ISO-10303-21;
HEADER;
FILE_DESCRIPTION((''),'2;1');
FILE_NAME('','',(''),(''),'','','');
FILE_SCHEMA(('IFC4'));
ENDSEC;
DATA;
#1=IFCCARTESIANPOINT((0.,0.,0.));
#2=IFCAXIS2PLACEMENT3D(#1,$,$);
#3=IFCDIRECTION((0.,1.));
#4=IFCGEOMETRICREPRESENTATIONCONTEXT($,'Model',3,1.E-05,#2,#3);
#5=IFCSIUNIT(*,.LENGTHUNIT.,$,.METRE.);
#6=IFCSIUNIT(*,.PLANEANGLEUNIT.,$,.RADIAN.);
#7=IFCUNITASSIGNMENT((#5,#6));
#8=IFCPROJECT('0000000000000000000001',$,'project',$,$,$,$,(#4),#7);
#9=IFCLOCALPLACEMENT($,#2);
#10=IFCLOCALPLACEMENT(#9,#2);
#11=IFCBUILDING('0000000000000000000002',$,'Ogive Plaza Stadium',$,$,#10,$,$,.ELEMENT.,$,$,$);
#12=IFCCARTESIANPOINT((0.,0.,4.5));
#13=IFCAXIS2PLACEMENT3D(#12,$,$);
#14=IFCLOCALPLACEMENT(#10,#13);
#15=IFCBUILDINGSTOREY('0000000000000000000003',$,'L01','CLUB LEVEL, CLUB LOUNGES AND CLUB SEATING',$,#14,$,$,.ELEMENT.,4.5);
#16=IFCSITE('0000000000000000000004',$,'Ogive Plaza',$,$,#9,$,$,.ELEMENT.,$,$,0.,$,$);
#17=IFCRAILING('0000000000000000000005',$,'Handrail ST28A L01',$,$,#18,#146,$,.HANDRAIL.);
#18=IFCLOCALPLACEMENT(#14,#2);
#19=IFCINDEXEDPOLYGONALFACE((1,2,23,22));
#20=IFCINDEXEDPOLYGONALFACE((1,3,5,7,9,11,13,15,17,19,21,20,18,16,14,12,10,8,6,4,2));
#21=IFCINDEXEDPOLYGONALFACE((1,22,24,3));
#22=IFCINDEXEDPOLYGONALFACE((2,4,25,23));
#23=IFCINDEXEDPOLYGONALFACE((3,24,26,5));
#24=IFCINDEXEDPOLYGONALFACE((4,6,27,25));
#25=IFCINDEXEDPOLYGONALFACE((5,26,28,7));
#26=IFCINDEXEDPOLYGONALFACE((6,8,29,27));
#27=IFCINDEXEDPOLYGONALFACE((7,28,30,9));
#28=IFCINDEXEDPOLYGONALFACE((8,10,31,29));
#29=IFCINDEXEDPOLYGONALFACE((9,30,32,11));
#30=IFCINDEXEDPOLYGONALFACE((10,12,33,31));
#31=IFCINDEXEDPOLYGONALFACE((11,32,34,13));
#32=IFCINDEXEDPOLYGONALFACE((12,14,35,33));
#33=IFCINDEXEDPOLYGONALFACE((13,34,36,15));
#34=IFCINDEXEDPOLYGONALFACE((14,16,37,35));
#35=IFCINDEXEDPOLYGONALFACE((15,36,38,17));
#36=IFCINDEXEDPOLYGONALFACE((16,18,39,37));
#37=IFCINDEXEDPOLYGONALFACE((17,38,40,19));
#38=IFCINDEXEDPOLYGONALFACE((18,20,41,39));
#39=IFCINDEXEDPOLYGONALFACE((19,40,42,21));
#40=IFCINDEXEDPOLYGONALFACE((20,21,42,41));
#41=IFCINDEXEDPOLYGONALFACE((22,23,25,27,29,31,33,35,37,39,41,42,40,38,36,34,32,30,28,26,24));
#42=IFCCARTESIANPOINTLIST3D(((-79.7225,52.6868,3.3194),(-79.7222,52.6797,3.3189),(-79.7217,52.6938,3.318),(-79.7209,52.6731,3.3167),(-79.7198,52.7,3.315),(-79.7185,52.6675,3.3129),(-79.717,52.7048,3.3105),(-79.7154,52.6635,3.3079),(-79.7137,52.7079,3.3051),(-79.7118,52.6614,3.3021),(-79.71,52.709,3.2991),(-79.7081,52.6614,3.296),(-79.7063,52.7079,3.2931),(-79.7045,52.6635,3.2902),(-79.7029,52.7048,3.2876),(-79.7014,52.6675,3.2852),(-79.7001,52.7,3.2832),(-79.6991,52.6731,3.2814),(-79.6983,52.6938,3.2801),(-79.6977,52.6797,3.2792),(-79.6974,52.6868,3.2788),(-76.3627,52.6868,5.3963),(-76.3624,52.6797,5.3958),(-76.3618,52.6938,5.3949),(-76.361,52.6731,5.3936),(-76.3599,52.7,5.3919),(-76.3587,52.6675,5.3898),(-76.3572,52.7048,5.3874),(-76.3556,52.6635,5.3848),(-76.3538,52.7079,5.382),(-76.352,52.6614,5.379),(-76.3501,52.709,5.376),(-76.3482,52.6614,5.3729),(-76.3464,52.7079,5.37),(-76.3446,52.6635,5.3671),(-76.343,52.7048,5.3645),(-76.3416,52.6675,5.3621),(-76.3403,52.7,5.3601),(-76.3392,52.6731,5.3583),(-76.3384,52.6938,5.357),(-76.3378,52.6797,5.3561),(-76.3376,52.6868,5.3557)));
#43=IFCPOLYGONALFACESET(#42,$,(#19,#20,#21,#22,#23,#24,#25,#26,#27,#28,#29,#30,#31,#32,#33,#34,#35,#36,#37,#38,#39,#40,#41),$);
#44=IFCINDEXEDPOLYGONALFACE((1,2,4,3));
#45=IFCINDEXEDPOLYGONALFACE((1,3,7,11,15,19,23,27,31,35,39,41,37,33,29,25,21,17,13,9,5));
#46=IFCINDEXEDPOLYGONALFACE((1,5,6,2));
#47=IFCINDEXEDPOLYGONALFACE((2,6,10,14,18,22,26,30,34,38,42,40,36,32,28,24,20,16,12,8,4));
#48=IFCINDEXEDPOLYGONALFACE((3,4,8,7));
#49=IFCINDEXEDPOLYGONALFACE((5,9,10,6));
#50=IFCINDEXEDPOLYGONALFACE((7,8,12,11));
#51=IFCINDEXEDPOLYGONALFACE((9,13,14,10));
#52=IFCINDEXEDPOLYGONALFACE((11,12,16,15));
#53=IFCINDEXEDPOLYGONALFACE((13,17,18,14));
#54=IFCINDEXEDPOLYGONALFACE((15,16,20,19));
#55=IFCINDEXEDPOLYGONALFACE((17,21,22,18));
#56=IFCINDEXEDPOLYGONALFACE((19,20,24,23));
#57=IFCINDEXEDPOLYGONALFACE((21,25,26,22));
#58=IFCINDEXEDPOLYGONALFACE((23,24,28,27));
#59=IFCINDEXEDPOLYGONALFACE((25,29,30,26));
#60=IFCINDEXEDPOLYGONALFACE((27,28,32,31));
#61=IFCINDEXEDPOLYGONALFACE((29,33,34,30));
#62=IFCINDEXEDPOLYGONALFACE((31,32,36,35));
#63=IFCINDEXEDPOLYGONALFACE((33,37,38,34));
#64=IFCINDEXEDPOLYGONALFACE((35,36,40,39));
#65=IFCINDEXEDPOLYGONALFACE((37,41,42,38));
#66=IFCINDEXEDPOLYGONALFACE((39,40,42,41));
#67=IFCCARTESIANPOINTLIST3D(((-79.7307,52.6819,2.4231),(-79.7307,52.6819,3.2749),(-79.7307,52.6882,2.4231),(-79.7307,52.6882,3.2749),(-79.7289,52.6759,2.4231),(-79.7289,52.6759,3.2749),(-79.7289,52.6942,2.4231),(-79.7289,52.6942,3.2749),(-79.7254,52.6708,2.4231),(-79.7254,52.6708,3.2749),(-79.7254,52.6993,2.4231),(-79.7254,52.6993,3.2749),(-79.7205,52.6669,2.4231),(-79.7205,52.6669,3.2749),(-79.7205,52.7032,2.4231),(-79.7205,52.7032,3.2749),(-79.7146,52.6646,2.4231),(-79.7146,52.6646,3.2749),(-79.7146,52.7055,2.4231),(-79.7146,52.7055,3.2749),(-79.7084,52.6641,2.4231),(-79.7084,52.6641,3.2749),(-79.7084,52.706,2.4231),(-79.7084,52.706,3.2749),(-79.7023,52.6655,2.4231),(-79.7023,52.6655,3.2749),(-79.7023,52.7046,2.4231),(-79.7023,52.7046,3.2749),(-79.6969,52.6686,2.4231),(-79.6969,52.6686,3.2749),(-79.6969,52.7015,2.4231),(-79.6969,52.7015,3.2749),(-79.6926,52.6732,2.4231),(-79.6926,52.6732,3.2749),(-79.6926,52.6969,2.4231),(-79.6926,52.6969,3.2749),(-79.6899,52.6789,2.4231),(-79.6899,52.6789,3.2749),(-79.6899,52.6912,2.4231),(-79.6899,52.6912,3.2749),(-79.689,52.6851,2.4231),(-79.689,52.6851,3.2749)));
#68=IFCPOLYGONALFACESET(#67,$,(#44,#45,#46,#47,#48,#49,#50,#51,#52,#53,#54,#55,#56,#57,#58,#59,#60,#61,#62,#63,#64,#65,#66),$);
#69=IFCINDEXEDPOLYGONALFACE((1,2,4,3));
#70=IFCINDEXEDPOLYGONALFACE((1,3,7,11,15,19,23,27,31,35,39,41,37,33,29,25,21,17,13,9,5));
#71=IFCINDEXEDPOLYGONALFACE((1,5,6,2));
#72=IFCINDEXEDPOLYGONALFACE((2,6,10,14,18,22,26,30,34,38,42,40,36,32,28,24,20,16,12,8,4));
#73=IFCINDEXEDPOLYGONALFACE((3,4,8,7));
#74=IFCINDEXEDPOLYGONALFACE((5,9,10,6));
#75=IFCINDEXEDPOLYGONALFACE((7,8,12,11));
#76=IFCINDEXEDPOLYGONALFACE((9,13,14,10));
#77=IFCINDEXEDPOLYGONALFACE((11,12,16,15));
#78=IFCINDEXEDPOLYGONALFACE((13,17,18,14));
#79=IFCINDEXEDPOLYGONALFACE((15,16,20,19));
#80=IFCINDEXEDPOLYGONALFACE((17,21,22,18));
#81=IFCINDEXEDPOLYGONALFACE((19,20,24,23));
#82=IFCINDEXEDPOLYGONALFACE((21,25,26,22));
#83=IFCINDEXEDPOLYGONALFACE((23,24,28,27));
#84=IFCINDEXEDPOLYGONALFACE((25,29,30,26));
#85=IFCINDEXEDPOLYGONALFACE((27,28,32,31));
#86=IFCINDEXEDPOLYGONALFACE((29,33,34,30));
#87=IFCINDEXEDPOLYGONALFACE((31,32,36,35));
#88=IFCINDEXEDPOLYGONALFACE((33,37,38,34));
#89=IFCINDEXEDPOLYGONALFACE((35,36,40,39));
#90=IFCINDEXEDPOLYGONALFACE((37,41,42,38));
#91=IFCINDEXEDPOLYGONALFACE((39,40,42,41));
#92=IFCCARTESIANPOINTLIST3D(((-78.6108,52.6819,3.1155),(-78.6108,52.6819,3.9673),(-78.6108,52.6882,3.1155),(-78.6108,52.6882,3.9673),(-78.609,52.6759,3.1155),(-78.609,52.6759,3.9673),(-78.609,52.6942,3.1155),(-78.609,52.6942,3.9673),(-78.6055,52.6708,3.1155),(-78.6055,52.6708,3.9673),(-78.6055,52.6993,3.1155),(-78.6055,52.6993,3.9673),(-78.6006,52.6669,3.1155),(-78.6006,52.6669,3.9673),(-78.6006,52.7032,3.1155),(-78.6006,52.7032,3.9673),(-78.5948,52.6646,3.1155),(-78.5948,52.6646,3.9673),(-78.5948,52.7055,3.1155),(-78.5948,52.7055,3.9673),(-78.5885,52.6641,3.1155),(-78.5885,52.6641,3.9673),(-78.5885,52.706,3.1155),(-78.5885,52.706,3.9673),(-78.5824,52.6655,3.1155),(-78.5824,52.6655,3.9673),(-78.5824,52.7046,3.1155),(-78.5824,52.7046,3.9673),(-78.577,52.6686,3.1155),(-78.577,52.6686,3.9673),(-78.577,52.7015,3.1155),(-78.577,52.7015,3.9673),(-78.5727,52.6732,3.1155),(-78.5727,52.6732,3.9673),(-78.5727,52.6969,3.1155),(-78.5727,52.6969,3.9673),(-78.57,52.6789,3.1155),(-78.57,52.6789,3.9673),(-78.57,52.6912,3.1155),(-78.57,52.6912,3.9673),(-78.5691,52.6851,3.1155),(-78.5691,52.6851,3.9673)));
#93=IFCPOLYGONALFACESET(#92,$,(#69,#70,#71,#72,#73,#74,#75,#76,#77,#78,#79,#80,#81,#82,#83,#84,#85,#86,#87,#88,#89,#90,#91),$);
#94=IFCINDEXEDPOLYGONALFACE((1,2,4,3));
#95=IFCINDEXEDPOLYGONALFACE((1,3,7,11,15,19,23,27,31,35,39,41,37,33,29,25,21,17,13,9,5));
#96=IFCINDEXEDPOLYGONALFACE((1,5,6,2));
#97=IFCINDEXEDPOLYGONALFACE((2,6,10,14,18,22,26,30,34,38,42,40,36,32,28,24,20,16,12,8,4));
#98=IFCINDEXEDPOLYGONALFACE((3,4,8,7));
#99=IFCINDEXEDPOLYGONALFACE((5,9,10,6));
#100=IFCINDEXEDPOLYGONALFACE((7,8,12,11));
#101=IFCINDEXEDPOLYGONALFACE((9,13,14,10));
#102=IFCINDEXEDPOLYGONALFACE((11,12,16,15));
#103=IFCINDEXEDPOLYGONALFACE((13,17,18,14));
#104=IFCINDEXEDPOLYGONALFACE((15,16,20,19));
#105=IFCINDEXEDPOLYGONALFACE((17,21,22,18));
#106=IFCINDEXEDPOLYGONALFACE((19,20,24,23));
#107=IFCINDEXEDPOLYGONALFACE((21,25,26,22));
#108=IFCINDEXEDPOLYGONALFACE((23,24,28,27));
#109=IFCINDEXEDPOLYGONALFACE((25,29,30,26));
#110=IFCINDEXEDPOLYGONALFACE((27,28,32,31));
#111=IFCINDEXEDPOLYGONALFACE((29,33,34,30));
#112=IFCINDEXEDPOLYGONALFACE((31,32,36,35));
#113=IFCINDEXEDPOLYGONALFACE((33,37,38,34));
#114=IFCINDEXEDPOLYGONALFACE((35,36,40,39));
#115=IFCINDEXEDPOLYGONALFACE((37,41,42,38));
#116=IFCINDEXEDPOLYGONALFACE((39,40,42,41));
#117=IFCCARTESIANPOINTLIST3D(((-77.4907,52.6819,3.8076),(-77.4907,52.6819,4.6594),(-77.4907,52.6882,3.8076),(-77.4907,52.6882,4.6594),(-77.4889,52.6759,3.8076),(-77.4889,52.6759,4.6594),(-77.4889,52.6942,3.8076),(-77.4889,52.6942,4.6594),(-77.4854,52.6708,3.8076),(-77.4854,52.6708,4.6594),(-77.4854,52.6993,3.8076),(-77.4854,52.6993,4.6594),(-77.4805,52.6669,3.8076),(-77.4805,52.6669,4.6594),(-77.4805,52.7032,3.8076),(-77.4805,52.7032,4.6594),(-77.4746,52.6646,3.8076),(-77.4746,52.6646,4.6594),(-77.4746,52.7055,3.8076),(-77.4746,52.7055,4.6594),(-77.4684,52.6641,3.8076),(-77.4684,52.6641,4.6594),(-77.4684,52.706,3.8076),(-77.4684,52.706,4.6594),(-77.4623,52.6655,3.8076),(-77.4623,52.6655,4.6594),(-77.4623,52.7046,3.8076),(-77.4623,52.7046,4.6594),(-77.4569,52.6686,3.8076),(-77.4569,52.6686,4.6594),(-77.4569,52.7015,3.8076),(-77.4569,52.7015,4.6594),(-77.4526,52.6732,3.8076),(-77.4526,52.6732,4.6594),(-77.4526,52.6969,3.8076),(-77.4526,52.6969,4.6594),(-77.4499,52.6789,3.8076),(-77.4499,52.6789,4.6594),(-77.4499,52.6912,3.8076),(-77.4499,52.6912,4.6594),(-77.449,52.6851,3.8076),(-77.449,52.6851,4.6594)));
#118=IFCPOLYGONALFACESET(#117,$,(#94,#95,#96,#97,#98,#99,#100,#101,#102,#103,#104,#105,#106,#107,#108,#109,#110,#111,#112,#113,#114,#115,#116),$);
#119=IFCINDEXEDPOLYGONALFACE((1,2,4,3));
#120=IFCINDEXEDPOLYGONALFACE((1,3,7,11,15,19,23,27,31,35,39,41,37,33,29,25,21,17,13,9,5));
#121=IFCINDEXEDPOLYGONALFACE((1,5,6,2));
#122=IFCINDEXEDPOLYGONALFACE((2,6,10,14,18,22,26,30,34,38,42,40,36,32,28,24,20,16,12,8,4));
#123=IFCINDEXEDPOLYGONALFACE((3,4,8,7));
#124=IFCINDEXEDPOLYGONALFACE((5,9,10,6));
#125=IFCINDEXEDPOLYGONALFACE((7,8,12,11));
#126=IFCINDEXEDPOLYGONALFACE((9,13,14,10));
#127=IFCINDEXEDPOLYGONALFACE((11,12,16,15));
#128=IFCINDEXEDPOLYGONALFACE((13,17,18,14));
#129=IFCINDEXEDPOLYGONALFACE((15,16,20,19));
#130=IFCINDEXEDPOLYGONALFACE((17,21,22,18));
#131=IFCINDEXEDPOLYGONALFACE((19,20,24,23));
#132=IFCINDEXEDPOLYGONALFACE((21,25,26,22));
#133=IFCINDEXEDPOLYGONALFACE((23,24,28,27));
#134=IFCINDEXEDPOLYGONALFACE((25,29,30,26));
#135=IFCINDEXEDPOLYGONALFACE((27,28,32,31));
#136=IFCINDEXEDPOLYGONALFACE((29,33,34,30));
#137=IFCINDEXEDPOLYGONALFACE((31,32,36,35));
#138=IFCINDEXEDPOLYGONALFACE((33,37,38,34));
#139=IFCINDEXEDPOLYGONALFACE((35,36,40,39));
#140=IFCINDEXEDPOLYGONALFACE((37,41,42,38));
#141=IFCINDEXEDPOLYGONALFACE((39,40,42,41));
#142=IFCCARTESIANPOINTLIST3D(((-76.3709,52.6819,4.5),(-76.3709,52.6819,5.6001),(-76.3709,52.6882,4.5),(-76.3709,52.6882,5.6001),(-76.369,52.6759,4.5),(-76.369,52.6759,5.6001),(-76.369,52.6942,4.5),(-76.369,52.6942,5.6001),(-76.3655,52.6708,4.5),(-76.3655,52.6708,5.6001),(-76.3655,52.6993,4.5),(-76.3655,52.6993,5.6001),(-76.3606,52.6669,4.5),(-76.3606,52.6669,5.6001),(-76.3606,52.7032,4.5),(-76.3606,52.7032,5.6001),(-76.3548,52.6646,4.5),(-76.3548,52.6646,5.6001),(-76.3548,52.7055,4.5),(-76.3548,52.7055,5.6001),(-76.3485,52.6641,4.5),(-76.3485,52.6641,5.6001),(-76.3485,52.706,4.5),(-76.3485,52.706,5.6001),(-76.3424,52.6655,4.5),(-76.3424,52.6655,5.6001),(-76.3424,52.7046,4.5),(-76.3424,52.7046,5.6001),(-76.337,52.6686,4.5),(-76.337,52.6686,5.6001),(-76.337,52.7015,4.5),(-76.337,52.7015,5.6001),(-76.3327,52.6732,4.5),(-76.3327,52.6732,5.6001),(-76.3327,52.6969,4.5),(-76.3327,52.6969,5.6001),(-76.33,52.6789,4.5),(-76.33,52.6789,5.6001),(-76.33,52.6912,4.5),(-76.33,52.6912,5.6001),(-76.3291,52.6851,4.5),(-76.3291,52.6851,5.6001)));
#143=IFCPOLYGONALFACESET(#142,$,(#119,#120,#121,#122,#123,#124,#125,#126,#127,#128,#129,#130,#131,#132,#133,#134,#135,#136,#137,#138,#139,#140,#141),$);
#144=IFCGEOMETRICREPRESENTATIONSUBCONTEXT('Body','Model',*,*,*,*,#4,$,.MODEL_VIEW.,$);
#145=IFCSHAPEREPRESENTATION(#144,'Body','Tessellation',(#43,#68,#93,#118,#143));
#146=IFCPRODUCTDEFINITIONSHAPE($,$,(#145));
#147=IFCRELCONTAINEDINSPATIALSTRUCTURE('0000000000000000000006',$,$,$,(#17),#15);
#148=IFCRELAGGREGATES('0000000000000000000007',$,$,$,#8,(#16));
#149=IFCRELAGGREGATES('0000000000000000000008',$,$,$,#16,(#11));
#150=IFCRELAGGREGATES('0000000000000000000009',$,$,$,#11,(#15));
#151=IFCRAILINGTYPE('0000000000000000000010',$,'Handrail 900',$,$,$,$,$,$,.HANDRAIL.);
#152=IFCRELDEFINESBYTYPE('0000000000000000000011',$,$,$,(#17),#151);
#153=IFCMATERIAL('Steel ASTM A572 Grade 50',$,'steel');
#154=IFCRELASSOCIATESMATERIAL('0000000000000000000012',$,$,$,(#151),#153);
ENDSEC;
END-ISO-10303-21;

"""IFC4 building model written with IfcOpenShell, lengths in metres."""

from ifc_helpers import new_model, si_unit, direction, frame, origin, origin_2d, place, context, subcontext, project, spatial, circle, extrude, material, type_object, element, save


model = new_model("IFC4")

# Units and contexts
model_context = context("Model", 3, precision=1e-05, world=origin(), true_north=direction((0.0, 1.0)))
body_context = subcontext(model_context, "Body", "Model", "MODEL_VIEW")
ifc_project = project(units=[si_unit("LENGTHUNIT", "METRE"), si_unit("PLANEANGLEUNIT", "RADIAN")], contexts=[model_context])

# Site, building, storey
site_placement = place(None, origin())
site = spatial("IfcSite", under=ifc_project, at=site_placement, Name="Ogive Plaza", CompositionType="ELEMENT", RefElevation=0.0)
building_placement = place(site_placement, origin())
building = spatial("IfcBuilding", under=site, at=building_placement, Name="Ogive Plaza Stadium", CompositionType="ELEMENT")
storey_placement = place(building_placement, frame((0.0, 0.0, 4.5)))
storey = spatial("IfcBuildingStorey", under=building, at=storey_placement, Name="L01", Description="CLUB LEVEL, CLUB LOUNGES AND CLUB SEATING", CompositionType="ELEMENT", Elevation=4.5)

# Railing
ifc_material_1 = material(Name="Steel ASTM A572 Grade 50", Category="steel")
railing_type_1 = type_object("IfcRailingType", Name="Handrail 900", PredefinedType="HANDRAIL", material=ifc_material_1)
for number, where, name in (
    (1, (-79.71, 52.6851, 2.4231), "Handrail ST28A L01"),
):
    element("IfcRailing", number, at=place(storey_placement, frame(where)), inside=storey, type_object=railing_type_1, Name=name, PredefinedType="HANDRAIL", context=body_context, shape_type="SweptSolid", body=[
        extrude(circle(Radius=0.0239, at=origin_2d()), frame((0.0, 0.0, 0.876), z_axis=(0.850606, 0.0, 0.525803), x_axis=(0.0, 1.0, 0.0)), (0.0, 0.0, 1.0), 3.95),
        extrude(circle(Radius=0.021, at=origin_2d()), origin(), (0.0, 0.0, 1.0), 0.8518),
        extrude(circle(Radius=0.021, at=origin_2d()), frame((1.1199, 0.0, 0.6924)), (0.0, 0.0, 1.0), 0.8518),
        extrude(circle(Radius=0.021, at=origin_2d()), frame((2.24, 0.0, 1.3845)), (0.0, 0.0, 1.0), 0.8518),
        extrude(circle(Radius=0.021, at=origin_2d()), frame((3.3599, 0.0, 2.0769)), (0.0, 0.0, 1.0), 1.1001),
    ])

save(model, "model.ifc")
